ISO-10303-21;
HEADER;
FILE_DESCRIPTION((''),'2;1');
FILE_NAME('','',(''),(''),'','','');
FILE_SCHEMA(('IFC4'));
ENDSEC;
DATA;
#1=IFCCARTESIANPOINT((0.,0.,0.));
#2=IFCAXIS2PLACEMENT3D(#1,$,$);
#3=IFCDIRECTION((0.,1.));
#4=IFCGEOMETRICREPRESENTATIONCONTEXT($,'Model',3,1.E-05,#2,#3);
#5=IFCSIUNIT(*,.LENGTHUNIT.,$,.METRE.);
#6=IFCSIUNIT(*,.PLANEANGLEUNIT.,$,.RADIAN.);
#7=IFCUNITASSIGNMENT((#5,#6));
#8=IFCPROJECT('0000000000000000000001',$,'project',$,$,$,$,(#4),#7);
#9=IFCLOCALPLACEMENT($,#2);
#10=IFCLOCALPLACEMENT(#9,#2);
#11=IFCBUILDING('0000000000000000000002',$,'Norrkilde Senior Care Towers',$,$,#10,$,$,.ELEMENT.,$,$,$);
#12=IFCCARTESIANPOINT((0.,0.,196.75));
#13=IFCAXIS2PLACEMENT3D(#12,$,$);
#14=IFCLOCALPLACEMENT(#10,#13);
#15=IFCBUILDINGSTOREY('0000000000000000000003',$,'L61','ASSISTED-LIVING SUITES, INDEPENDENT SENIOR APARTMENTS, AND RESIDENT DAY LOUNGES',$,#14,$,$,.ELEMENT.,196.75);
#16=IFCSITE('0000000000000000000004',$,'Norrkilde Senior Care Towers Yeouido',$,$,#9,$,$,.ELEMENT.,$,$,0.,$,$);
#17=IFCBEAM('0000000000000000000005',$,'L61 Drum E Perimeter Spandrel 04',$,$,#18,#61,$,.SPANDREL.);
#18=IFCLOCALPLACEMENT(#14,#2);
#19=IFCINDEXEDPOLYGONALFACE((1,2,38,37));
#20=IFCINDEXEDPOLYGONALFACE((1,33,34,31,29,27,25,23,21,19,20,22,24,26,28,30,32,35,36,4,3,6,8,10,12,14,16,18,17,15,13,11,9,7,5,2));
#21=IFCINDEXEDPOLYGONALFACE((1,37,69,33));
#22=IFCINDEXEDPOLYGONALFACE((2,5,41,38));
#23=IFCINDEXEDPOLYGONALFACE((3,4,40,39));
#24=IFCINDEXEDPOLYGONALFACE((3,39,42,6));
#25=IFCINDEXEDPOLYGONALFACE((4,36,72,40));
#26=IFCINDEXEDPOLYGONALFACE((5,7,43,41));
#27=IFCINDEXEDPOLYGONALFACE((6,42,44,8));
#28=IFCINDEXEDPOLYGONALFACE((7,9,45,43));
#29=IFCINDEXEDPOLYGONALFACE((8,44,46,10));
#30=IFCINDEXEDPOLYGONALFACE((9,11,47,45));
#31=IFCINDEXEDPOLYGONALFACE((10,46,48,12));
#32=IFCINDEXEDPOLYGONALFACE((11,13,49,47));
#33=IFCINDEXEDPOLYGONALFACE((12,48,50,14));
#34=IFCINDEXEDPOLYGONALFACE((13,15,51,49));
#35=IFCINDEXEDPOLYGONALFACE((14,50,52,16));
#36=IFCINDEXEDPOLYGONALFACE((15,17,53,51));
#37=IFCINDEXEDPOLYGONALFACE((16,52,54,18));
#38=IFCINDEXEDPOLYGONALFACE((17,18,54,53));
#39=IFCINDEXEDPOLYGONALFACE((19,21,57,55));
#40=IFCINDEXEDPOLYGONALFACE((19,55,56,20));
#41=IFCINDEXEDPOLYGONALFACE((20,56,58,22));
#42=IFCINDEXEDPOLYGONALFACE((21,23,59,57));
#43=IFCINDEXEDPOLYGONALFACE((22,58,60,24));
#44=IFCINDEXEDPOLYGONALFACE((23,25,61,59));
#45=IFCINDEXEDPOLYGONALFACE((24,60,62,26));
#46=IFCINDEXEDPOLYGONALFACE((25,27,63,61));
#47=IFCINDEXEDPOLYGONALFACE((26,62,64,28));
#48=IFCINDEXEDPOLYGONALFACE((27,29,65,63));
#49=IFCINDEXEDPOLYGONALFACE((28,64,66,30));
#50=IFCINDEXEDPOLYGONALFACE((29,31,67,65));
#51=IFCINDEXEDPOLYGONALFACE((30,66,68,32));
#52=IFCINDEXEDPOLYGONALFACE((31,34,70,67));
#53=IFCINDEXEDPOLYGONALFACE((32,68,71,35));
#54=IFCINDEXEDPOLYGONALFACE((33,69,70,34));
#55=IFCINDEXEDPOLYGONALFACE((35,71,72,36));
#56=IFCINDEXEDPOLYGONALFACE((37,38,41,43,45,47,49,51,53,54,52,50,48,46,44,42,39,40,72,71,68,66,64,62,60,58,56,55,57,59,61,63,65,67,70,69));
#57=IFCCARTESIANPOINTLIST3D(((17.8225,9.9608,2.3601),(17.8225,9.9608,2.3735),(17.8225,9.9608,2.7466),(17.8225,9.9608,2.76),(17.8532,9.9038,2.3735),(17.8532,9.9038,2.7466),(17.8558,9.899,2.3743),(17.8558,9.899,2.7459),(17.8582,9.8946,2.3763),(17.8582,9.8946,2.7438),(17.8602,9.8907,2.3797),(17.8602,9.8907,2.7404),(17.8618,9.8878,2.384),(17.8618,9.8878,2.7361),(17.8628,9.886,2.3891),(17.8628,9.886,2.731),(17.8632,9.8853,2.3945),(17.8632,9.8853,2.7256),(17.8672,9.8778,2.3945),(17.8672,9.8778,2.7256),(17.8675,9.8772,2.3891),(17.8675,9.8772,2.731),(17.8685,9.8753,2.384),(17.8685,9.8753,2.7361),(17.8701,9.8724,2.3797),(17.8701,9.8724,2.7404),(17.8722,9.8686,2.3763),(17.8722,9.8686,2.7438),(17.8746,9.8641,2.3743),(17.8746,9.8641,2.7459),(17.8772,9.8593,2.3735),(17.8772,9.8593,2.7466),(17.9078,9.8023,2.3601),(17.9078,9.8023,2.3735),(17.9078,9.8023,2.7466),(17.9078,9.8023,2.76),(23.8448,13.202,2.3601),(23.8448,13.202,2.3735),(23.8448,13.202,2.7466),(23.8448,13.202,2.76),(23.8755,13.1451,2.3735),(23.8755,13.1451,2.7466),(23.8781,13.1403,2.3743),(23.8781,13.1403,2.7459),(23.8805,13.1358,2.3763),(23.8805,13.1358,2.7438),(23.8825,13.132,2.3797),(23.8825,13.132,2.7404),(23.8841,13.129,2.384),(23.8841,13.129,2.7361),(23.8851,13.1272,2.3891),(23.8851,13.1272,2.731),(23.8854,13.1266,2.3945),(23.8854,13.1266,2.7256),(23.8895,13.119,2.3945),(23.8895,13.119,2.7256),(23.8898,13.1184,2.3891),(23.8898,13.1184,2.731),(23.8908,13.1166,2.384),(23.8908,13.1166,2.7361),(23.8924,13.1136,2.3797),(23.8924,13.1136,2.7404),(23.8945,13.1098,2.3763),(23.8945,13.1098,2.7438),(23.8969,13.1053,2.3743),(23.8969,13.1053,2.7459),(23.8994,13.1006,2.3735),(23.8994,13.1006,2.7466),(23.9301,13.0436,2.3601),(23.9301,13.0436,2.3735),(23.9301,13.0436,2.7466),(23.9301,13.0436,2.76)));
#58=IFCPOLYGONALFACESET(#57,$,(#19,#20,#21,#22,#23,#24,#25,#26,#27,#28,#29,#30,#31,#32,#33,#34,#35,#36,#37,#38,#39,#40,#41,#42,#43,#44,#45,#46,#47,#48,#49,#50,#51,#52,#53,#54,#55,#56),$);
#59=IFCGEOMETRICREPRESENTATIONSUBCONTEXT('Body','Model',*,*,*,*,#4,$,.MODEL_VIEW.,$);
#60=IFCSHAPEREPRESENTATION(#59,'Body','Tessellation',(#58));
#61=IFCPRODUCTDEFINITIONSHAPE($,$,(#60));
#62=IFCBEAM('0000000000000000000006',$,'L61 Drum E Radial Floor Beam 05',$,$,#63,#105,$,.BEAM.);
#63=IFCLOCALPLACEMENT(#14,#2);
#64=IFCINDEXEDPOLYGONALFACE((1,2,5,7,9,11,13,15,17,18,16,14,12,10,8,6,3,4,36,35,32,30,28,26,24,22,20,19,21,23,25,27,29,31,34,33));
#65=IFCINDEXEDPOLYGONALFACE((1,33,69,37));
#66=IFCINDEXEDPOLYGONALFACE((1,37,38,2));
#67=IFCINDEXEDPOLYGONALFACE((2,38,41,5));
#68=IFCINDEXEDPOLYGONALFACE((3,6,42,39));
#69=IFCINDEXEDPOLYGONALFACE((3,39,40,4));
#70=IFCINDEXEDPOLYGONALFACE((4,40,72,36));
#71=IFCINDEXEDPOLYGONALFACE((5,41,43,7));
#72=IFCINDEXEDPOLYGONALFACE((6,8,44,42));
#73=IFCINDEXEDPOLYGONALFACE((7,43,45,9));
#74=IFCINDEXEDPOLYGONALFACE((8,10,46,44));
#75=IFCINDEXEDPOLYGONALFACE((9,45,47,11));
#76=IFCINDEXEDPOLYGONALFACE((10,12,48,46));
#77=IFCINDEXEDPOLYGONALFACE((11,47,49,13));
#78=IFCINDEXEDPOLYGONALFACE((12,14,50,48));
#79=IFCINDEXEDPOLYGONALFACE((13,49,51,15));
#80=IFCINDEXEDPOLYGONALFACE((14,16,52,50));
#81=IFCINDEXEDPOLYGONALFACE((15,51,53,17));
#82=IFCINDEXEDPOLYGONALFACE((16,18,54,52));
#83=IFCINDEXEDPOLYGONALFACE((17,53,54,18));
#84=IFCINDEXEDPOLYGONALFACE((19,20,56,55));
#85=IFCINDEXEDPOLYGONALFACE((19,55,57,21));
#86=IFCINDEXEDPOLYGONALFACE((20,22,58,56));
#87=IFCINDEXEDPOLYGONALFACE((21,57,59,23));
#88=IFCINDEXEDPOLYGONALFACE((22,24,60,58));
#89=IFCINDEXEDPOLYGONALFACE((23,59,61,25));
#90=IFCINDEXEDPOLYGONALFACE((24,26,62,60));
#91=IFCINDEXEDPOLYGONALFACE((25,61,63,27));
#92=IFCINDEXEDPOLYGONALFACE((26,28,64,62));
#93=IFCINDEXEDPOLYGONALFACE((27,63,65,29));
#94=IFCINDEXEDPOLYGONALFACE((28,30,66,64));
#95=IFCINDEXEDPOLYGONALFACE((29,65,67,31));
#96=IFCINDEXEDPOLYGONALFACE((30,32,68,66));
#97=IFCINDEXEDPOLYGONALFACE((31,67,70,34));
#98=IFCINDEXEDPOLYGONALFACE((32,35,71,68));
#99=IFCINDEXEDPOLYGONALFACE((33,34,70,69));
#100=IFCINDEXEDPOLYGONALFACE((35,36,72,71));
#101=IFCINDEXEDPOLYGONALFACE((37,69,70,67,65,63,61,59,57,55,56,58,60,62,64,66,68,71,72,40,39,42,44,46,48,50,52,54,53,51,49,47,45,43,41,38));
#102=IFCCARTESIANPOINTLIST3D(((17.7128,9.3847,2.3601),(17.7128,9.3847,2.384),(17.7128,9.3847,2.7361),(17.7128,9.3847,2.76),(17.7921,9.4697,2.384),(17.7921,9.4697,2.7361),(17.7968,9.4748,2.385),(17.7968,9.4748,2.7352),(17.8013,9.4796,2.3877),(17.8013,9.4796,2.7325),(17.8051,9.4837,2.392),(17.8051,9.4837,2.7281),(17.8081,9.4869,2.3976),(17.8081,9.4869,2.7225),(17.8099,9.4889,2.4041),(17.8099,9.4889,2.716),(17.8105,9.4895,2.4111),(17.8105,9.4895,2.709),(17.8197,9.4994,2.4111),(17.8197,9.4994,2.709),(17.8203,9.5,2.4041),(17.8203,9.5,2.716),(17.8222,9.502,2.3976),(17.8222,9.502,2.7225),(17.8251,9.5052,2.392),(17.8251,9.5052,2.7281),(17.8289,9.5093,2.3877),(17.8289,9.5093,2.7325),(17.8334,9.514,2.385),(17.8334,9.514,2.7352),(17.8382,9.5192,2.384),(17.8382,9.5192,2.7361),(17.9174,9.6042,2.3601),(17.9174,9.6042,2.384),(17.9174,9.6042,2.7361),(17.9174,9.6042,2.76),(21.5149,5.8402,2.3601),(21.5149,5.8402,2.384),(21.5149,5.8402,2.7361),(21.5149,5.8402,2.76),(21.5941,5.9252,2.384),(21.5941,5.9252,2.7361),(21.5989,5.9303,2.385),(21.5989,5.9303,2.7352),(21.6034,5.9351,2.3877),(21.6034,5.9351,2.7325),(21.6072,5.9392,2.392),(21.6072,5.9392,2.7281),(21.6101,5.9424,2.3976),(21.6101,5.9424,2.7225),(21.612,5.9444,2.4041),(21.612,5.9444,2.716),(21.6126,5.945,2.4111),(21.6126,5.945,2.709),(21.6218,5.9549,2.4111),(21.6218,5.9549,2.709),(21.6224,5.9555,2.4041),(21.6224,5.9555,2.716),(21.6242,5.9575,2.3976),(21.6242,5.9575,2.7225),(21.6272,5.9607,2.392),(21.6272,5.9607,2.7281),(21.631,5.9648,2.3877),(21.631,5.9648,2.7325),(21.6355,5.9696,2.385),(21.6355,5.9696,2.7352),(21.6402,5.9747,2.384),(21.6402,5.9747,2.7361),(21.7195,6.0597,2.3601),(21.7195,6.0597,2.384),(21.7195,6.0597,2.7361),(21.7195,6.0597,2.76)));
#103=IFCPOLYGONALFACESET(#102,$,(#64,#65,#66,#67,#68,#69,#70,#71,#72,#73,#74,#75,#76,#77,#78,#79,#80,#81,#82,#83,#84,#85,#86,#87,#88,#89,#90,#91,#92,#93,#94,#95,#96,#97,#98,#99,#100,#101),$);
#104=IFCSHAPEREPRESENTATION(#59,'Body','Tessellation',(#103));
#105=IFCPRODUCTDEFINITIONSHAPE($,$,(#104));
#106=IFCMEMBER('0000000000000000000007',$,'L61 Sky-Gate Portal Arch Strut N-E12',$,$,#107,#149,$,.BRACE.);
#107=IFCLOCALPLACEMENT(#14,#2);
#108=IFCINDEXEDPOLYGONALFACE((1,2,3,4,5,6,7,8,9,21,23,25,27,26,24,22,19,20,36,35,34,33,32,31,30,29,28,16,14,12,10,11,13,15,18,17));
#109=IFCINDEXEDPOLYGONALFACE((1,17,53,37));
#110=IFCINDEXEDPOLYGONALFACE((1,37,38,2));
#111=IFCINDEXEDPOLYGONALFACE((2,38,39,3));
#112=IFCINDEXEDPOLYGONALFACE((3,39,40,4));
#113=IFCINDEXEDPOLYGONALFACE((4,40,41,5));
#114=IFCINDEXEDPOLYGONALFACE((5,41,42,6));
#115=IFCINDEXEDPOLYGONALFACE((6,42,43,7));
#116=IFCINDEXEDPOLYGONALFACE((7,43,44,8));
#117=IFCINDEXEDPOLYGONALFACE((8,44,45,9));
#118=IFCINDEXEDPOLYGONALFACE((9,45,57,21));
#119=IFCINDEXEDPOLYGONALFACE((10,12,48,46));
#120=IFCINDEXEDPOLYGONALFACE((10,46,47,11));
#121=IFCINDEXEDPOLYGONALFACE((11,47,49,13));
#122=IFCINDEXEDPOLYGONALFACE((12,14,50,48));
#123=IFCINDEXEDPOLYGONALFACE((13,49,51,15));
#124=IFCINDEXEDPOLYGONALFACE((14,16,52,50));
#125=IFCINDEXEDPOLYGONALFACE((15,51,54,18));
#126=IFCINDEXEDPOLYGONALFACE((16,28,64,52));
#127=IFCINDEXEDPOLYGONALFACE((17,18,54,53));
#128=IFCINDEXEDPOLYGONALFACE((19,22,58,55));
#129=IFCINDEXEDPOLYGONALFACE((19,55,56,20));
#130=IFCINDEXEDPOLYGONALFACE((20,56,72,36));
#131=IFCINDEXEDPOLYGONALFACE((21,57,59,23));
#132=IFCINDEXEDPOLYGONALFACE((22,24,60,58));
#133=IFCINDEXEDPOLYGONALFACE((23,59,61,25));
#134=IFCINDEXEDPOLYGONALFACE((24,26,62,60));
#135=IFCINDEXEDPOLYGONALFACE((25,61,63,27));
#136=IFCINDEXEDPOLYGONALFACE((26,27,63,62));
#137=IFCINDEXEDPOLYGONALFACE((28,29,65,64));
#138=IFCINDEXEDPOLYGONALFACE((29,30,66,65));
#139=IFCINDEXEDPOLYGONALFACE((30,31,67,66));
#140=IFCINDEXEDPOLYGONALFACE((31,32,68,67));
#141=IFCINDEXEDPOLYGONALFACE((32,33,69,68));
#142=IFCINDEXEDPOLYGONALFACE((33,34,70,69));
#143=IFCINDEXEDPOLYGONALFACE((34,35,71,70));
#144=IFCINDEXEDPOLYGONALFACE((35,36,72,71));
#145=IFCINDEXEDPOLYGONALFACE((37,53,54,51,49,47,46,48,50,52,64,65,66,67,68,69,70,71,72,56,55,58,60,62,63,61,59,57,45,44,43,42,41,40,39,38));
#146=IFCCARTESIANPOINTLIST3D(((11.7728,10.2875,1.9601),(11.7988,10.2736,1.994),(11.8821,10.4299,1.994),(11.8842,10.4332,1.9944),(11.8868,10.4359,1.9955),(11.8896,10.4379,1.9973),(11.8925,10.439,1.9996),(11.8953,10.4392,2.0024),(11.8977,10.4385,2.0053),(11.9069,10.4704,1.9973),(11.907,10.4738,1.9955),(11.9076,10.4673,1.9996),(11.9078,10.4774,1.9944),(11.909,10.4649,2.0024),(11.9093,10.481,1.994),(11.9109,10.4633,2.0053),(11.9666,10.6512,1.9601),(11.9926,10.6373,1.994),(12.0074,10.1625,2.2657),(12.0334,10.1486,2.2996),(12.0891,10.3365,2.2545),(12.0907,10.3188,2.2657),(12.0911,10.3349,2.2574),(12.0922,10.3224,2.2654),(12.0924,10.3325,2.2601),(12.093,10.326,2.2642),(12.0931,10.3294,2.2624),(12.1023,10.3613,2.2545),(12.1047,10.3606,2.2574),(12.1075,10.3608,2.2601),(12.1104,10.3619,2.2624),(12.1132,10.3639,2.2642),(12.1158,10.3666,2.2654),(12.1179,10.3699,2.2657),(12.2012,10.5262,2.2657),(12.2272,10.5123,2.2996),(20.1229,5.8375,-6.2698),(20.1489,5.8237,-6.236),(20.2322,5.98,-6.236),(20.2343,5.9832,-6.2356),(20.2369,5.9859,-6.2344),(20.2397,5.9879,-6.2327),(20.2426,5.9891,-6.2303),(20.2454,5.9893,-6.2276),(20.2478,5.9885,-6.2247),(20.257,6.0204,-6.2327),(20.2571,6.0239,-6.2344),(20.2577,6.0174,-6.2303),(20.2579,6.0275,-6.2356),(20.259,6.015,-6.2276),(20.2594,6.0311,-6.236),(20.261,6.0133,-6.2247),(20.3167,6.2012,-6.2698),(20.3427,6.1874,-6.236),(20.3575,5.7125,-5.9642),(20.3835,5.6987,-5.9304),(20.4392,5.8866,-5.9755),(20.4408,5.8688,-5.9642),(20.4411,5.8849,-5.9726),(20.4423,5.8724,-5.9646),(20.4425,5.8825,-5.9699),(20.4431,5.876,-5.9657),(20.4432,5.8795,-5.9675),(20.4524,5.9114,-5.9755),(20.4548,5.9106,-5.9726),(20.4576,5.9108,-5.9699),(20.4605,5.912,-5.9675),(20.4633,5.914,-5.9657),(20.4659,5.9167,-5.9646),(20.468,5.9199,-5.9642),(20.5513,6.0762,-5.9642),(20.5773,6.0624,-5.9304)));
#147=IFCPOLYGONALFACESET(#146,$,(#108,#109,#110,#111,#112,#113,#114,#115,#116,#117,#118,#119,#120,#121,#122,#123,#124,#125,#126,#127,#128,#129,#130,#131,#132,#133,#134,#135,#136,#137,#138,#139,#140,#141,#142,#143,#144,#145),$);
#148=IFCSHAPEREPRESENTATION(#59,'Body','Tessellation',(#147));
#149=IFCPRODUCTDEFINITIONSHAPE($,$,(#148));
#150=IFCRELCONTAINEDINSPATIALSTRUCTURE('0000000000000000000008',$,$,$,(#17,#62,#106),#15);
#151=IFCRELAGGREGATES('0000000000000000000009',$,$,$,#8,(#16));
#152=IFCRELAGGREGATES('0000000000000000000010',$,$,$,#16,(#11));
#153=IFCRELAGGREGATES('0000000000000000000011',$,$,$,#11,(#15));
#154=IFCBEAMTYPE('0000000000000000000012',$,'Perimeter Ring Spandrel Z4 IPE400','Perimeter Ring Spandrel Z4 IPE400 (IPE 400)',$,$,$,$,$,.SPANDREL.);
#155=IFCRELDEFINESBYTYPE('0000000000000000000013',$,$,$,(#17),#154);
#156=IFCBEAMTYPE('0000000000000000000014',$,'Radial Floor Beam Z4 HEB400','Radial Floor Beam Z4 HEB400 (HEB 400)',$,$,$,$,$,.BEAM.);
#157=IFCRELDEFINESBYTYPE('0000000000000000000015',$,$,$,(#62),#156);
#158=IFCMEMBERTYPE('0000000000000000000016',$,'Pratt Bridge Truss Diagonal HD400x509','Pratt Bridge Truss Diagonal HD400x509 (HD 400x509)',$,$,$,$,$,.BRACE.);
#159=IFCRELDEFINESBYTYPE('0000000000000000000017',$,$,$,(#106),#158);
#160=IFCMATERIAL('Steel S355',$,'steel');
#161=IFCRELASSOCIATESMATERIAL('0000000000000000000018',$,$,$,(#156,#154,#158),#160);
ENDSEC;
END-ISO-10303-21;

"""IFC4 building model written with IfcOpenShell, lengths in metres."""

from ifc_helpers import new_model, si_unit, direction, frame, origin, origin_2d, place, context, subcontext, project, spatial, i_section, extrude, source, transform, mapped, material, material_profile, profile_set, type_object, type_shapes, element, save


model = new_model("IFC4")

# Units and contexts
model_context = context("Model", 3, precision=1e-05, world=origin(), true_north=direction((0.0, 1.0)))
body_context = subcontext(model_context, "Body", "Model", "MODEL_VIEW")
ifc_project = project(units=[si_unit("LENGTHUNIT", "METRE"), si_unit("PLANEANGLEUNIT", "RADIAN")], contexts=[model_context])

# Site, building, storey
site_placement = place(None, origin())
site = spatial("IfcSite", under=ifc_project, at=site_placement, Name="Norrkilde Senior Care Towers Yeouido", CompositionType="ELEMENT", RefElevation=0.0)
building_placement = place(site_placement, origin())
building = spatial("IfcBuilding", under=site, at=building_placement, Name="Norrkilde Senior Care Towers", CompositionType="ELEMENT")
storey_placement = place(building_placement, frame((0.0, 0.0, 196.75)))
storey = spatial("IfcBuildingStorey", under=building, at=storey_placement, Name="L61", Description="ASSISTED-LIVING SUITES, INDEPENDENT SENIOR APARTMENTS, AND RESIDENT DAY LOUNGES", CompositionType="ELEMENT", Elevation=196.75)

# Beams
ifc_material_1 = material(Name="Steel S355", Category="steel")
ifc_material_profile_1 = material_profile(ifc_material_1, i_section(OverallWidth=0.3, OverallDepth=0.3999, WebThickness=0.0134, FlangeThickness=0.0239, FilletRadius=0.0271, at=origin_2d()), Name="HEB 400")
ifc_profile_set_1 = profile_set([ifc_material_profile_1], Name="Steel S355")
beam_type_1 = type_object("IfcBeamType", Name="Radial Floor Beam Z4 HEB400", Description="Radial Floor Beam Z4 HEB400 (HEB 400)", PredefinedType="BEAM", material=ifc_profile_set_1)
ifc_material_profile_2 = material_profile(ifc_material_1, i_section(OverallWidth=0.1799, OverallDepth=0.3999, WebThickness=0.0085, FlangeThickness=0.0134, FilletRadius=0.021, at=origin_2d()), Name="IPE 400")
ifc_profile_set_2 = profile_set([ifc_material_profile_2], Name="Steel S355")
beam_type_2 = type_object("IfcBeamType", Name="Perimeter Ring Spandrel Z4 IPE400", Description="Perimeter Ring Spandrel Z4 IPE400 (IPE 400)", PredefinedType="SPANDREL", material=ifc_profile_set_2)
shared_shape_1 = source(origin(), body_context, "Body", "SweptSolid", [
    extrude(i_section(OverallWidth=0.1799, OverallDepth=0.3999, WebThickness=0.0085, FlangeThickness=0.0134, FilletRadius=0.021, at=origin_2d()), origin(), (0.0, 0.0, 1.0), 6.8391),
])
type_shapes(beam_type_2, [shared_shape_1])
beam_1_placement = place(storey_placement, frame((23.8875, 13.1228, 2.5601), z_axis=(-0.880564, -0.473927, 0.0), x_axis=(0.473927, -0.880564, 0.0)))
element("IfcBeam", 1, at=beam_1_placement, inside=storey, type_object=beam_type_2, Name="L61 Drum E Perimeter Spandrel 04", PredefinedType="SPANDREL", context=body_context, shape_type="MappedRepresentation", body=[
    mapped(shared_shape_1, transform((0.0, 0.0, 0.0), x_axis=(1.0, 0.0, 0.0), y_axis=(0.0, 1.0, 0.0), z_axis=(0.0, 0.0, 1.0), scale=1.0)),
])
shared_shape_2 = source(origin(), body_context, "Body", "SweptSolid", [
    extrude(i_section(OverallWidth=0.3, OverallDepth=0.3999, WebThickness=0.0134, FlangeThickness=0.0239, FilletRadius=0.0271, at=origin_2d()), origin(), (0.0, 0.0, 1.0), 5.198),
])
beam_2_placement = place(storey_placement, frame((21.6172, 5.95, 2.5601), z_axis=(-0.731449, 0.681896, 0.0), x_axis=(-0.681896, -0.731449, 0.0)))
element("IfcBeam", 2, at=beam_2_placement, inside=storey, type_object=beam_type_1, Name="L61 Drum E Radial Floor Beam 05", PredefinedType="BEAM", context=body_context, shape_type="MappedRepresentation", body=[
    mapped(shared_shape_2, transform((0.0, 0.0, 0.0), x_axis=(1.0, 0.0, 0.0), y_axis=(0.0, 1.0, 0.0), z_axis=(0.0, 0.0, 1.0), scale=1.0)),
])

# Member
ifc_material_profile_3 = material_profile(ifc_material_1, i_section(OverallWidth=0.4121, OverallDepth=0.45, WebThickness=0.0281, FlangeThickness=0.0449, FilletRadius=0.0149, at=origin_2d()), Name="HD 400x509")
ifc_profile_set_3 = profile_set([ifc_material_profile_3], Name="Steel S355")
member_type_1 = type_object("IfcMemberType", Name="Pratt Bridge Truss Diagonal HD400x509", Description="Pratt Bridge Truss Diagonal HD400x509 (HD 400x509)", PredefinedType="BRACE", material=ifc_profile_set_3)
shared_shape_3 = source(origin(), body_context, "Body", "SweptSolid", [
    extrude(i_section(OverallWidth=0.4121, OverallDepth=0.45, WebThickness=0.0281, FlangeThickness=0.0449, FilletRadius=0.0149, at=origin_2d()), origin(), (0.0, 0.0, 1.0), 12.5403),
])
member_1_placement = place(storey_placement, frame((20.3501, 5.95, -6.1001), z_axis=(-0.665862, 0.354852, 0.656283), x_axis=(-0.470306, -0.882504, 0.0)))
element("IfcMember", 3, at=member_1_placement, inside=storey, type_object=member_type_1, Name="L61 Sky-Gate Portal Arch Strut N-E12", PredefinedType="BRACE", context=body_context, shape_type="MappedRepresentation", body=[
    mapped(shared_shape_3, transform((0.0, 0.0, 0.0), x_axis=(1.0, 0.0, 0.0), y_axis=(0.0, 1.0, 0.0), z_axis=(0.0, 0.0, 1.0), scale=1.0)),
])

save(model, "model.ifc")
